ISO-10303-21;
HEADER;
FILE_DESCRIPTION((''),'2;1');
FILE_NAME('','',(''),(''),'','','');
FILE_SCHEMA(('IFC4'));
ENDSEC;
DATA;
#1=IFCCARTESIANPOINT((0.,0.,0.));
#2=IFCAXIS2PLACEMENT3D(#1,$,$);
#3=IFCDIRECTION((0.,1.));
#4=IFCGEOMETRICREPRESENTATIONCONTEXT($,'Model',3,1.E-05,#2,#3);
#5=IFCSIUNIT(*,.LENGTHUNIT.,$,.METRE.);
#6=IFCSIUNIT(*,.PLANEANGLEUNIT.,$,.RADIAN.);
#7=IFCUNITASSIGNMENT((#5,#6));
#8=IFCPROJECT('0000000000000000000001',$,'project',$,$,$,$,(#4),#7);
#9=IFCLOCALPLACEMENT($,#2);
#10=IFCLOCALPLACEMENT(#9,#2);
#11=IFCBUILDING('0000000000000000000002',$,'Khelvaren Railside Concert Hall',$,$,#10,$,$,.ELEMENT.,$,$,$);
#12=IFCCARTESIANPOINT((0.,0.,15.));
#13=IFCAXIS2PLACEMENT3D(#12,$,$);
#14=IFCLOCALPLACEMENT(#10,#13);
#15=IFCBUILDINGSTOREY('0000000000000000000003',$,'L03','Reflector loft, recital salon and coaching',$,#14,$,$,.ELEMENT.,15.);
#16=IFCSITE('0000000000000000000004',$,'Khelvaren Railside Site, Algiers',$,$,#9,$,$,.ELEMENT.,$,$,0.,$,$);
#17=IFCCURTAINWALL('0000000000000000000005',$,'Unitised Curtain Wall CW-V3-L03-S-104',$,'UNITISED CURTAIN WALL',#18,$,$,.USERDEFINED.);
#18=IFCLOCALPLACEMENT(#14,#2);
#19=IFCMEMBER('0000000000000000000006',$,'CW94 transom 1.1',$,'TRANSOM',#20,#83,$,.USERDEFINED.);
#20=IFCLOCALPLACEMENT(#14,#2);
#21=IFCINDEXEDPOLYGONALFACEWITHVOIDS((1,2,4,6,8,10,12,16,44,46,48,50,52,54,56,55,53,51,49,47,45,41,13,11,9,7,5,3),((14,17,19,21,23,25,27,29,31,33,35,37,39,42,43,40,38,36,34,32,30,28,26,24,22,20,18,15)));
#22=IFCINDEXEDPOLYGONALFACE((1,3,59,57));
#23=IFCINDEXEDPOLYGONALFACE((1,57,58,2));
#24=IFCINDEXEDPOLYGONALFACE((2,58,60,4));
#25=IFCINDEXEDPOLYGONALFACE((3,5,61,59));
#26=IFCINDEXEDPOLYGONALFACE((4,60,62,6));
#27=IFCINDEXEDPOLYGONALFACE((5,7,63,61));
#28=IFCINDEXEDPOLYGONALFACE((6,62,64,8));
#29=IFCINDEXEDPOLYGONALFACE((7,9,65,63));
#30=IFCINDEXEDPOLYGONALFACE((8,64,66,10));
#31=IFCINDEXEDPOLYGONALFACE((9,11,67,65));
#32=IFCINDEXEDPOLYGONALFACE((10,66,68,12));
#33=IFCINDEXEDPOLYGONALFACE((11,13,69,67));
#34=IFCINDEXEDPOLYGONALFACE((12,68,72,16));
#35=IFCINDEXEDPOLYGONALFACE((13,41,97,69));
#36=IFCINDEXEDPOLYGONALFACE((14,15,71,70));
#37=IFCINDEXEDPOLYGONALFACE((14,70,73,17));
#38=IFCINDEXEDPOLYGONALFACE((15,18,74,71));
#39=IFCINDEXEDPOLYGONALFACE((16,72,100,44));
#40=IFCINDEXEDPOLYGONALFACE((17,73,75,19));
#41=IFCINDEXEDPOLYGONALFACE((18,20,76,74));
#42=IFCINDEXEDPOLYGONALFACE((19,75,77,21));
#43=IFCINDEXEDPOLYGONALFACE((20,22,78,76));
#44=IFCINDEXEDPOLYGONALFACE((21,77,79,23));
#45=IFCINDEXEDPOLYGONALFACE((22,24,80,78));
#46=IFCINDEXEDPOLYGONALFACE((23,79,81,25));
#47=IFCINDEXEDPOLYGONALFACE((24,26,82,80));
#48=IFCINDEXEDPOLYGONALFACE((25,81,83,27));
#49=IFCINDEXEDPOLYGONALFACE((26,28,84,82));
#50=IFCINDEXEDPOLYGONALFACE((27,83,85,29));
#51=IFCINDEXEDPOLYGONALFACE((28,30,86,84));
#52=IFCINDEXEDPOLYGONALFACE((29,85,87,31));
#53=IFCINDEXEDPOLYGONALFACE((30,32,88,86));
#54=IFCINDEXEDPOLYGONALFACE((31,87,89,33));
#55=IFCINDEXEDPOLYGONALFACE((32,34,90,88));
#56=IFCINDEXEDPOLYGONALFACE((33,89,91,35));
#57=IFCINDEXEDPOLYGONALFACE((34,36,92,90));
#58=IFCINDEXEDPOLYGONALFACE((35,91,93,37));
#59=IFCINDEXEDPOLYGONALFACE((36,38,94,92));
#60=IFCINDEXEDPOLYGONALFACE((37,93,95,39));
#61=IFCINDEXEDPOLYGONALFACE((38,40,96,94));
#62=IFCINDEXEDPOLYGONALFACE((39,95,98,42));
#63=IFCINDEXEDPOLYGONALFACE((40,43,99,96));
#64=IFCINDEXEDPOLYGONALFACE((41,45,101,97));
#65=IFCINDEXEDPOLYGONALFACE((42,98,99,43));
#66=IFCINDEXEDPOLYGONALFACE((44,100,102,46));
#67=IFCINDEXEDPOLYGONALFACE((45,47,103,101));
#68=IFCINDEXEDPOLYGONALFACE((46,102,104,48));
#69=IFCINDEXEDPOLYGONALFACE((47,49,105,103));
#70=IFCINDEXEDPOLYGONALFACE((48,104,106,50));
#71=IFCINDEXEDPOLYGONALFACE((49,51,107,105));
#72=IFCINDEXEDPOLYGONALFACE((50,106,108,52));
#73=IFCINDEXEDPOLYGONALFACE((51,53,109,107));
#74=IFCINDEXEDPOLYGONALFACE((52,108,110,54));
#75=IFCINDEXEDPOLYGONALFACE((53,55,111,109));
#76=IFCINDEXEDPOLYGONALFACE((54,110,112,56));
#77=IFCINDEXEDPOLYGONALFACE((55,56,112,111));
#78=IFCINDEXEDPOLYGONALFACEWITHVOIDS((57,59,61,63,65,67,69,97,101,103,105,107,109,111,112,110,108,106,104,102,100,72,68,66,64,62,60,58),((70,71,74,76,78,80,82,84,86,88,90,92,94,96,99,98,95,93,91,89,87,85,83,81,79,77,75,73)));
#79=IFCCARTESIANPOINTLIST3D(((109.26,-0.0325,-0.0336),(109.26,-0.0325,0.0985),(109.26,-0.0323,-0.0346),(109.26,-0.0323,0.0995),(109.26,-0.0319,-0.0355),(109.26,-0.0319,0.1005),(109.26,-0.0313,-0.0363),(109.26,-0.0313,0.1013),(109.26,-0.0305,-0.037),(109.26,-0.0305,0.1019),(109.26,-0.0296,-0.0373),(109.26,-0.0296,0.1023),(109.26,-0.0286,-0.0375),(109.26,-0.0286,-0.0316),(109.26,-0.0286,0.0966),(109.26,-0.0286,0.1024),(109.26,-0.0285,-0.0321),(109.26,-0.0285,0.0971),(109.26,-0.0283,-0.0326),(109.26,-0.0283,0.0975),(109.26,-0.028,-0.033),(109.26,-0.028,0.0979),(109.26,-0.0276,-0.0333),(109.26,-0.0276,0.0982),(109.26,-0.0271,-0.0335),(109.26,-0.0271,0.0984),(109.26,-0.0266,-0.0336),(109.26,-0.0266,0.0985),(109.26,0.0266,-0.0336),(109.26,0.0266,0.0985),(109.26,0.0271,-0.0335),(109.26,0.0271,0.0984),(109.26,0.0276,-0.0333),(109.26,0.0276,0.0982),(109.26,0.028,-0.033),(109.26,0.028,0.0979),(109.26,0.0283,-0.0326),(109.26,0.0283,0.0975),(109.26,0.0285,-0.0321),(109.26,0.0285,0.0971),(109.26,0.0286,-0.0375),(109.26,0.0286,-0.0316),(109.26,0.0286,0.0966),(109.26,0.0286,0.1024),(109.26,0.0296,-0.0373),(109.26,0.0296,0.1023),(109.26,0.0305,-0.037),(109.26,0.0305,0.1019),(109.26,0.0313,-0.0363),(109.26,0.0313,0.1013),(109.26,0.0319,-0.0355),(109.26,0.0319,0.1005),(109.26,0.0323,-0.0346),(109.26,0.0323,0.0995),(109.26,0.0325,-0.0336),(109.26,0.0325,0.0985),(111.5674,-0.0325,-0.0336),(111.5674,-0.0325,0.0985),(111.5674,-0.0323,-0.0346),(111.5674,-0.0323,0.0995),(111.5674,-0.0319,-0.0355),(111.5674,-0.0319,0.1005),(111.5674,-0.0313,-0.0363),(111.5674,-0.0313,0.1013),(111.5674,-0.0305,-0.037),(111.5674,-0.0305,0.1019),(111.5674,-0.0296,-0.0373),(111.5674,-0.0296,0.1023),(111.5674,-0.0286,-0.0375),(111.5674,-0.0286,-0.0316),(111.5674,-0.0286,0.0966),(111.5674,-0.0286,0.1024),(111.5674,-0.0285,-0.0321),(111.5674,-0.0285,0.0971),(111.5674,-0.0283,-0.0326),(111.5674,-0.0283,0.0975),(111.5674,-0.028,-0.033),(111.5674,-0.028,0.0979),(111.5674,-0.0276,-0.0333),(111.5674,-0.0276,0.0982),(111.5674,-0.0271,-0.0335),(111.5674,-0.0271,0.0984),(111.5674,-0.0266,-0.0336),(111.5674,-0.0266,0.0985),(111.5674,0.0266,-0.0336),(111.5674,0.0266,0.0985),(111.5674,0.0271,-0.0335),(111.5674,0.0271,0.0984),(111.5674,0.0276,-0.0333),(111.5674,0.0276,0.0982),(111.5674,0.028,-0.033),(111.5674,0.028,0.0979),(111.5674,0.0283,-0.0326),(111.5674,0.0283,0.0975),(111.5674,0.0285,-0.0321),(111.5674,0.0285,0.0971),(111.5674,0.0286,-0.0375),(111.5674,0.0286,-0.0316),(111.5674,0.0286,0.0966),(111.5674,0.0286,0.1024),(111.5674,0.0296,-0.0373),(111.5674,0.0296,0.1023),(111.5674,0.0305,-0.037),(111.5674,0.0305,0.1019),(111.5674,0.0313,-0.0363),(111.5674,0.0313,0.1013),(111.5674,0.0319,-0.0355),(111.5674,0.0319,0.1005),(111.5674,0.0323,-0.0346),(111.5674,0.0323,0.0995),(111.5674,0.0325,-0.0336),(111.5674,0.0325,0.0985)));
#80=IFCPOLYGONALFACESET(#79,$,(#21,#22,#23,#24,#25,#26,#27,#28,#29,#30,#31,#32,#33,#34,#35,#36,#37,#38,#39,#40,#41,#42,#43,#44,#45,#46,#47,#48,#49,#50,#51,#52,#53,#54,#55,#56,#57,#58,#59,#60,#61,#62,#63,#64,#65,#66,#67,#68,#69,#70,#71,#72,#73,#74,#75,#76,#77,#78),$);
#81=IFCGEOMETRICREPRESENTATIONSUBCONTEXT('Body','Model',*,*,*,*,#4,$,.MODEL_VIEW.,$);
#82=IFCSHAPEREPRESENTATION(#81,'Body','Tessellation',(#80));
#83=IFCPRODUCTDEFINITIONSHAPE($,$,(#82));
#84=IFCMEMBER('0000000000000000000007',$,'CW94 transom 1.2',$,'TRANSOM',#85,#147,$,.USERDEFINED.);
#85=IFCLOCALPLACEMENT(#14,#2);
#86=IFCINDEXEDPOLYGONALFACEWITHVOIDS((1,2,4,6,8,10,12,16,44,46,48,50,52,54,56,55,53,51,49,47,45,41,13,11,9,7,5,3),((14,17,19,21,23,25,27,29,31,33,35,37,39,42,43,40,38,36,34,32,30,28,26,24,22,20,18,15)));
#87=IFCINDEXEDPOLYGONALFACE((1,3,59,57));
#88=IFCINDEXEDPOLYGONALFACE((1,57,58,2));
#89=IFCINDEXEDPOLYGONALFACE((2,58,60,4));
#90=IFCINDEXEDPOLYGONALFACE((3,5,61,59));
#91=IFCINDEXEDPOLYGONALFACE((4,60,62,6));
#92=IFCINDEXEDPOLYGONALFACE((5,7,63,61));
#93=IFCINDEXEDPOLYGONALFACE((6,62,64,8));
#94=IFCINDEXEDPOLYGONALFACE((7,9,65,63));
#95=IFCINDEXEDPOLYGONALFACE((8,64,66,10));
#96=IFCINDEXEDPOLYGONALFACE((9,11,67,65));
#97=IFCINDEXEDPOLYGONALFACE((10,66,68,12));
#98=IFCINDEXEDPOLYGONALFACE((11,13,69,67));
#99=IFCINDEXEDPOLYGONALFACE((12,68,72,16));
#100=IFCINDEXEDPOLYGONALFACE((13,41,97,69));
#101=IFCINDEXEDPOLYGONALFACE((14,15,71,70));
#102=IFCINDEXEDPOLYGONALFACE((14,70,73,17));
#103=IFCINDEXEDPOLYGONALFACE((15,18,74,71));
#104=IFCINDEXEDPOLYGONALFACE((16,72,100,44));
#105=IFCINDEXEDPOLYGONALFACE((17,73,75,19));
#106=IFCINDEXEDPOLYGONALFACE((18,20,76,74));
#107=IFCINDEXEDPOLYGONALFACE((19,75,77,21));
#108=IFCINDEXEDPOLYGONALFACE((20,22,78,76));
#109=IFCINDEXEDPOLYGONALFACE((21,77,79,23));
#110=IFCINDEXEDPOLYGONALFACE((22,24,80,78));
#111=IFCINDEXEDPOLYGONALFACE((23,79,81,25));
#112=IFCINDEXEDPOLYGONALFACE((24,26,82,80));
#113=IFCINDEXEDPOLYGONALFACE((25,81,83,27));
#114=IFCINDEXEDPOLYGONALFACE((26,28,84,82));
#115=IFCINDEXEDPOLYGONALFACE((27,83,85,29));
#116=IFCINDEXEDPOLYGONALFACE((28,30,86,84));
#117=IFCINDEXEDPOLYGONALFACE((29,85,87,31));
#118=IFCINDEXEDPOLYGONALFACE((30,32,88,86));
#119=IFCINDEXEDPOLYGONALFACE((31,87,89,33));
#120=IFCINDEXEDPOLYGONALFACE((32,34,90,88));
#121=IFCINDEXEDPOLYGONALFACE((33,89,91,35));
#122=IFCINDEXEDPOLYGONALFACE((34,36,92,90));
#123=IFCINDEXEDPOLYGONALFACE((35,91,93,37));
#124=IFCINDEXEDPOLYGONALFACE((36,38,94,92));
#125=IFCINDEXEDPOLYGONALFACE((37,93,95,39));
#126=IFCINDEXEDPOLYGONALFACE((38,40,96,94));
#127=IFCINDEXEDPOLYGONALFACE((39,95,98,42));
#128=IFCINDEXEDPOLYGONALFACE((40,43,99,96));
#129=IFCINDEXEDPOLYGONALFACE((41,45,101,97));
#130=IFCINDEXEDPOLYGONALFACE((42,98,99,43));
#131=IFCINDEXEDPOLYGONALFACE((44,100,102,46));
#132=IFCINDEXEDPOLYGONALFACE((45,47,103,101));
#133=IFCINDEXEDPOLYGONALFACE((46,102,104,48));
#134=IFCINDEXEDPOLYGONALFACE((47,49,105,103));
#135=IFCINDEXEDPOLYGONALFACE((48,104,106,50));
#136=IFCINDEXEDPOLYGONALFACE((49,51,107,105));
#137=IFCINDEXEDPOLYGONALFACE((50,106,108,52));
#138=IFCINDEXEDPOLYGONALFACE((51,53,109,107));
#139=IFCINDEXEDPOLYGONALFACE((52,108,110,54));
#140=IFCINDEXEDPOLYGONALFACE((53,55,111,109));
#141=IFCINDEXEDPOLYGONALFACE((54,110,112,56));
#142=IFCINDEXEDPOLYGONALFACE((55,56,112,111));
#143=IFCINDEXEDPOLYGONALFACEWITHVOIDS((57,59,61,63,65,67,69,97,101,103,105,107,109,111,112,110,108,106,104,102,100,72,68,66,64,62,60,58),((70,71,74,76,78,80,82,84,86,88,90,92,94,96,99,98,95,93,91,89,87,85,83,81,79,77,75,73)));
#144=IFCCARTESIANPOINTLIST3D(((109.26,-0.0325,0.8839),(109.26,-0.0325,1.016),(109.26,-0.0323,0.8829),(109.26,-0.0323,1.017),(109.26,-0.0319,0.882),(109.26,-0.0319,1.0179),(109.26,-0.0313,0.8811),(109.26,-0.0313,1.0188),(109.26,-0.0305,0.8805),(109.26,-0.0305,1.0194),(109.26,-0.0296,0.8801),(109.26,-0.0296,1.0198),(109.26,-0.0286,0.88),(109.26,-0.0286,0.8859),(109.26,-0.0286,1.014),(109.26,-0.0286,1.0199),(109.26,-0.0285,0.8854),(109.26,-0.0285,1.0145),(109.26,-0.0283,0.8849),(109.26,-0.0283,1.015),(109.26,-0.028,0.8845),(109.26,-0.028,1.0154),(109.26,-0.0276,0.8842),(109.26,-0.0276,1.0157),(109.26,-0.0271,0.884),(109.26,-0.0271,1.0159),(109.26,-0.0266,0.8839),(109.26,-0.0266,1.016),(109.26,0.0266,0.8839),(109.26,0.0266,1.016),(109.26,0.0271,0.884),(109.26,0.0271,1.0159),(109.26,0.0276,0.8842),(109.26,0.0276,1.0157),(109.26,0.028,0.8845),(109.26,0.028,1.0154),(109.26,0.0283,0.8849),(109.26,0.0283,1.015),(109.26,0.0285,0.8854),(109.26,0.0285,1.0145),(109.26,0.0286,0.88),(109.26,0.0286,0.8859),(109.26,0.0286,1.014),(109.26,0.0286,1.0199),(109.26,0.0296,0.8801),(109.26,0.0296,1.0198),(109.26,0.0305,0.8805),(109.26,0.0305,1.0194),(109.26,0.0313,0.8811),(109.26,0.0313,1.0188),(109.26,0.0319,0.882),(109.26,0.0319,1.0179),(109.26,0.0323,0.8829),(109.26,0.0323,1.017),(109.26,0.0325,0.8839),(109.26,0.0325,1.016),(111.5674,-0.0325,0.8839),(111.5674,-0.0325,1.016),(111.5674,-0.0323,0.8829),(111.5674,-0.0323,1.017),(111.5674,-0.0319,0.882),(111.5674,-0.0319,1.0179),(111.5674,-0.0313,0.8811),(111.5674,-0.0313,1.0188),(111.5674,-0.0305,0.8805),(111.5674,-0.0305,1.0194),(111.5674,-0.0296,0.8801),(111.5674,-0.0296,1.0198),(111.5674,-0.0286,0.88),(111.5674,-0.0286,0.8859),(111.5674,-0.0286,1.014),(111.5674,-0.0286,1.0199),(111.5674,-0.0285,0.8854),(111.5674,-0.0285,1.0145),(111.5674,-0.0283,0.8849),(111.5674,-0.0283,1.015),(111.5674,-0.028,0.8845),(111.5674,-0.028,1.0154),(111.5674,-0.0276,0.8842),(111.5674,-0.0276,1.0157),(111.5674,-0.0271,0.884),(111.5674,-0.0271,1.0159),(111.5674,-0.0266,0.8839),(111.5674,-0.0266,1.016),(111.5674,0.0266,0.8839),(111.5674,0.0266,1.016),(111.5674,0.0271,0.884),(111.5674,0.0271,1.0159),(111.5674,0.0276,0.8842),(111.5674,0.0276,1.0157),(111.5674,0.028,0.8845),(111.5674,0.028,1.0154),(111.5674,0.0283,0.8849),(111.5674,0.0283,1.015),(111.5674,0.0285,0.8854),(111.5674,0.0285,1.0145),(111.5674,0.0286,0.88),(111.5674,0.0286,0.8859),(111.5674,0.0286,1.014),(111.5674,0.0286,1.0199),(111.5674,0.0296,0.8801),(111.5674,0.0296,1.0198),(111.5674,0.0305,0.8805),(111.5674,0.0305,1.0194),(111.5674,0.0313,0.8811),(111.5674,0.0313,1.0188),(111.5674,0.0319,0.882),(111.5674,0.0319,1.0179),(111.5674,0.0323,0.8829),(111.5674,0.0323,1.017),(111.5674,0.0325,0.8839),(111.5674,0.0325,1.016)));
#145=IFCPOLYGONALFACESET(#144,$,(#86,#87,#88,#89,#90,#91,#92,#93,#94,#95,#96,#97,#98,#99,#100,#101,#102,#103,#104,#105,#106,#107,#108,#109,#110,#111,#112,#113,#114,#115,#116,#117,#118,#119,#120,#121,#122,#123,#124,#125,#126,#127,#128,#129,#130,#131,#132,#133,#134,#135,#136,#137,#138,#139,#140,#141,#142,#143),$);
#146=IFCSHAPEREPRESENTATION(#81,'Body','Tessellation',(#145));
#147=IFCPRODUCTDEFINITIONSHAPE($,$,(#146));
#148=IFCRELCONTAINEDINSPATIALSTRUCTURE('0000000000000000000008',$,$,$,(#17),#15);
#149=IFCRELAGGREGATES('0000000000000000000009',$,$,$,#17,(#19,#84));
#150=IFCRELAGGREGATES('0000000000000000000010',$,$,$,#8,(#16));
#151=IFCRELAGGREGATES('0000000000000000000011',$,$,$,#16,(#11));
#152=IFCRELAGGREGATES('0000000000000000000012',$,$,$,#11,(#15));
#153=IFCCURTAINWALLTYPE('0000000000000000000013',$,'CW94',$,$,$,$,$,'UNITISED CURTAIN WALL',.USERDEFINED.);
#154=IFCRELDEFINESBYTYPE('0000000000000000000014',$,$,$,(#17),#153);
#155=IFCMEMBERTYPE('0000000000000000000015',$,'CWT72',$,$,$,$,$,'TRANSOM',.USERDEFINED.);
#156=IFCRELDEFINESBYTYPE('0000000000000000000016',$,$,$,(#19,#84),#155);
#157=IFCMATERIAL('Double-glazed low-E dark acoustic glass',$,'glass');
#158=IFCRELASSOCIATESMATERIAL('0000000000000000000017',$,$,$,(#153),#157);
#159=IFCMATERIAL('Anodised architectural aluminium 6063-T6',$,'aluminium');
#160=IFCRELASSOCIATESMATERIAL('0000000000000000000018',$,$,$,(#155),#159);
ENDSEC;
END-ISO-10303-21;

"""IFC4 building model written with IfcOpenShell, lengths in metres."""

from ifc_helpers import new_model, si_unit, direction, frame, origin, origin_2d, place, context, subcontext, project, spatial, hollow_rectangle, extrude, material, material_profile, profile_set, type_object, element, aggregate, save


model = new_model("IFC4")

# Units and contexts
model_context = context("Model", 3, precision=1e-05, world=origin(), true_north=direction((0.0, 1.0)))
body_context = subcontext(model_context, "Body", "Model", "MODEL_VIEW")
ifc_project = project(units=[si_unit("LENGTHUNIT", "METRE"), si_unit("PLANEANGLEUNIT", "RADIAN")], contexts=[model_context])

# Site, building, storey
site_placement = place(None, origin())
site = spatial("IfcSite", under=ifc_project, at=site_placement, Name="Khelvaren Railside Site, Algiers", CompositionType="ELEMENT", RefElevation=0.0)
building_placement = place(site_placement, origin())
building = spatial("IfcBuilding", under=site, at=building_placement, Name="Khelvaren Railside Concert Hall", CompositionType="ELEMENT")
storey_placement = place(building_placement, frame((0.0, 0.0, 15.0)))
storey = spatial("IfcBuildingStorey", under=building, at=storey_placement, Name="L03", Description="Reflector loft, recital salon and coaching", CompositionType="ELEMENT", Elevation=15.0)

# Curtain wall
ifc_material_1 = material(Name="Double-glazed low-E dark acoustic glass", Category="glass")
curtain_wall_type_1 = type_object("IfcCurtainWallType", Name="CW94", ElementType="UNITISED CURTAIN WALL", PredefinedType="USERDEFINED", material=ifc_material_1)
curtain_wall_1_placement = place(storey_placement, origin())
curtain_wall_1 = element("IfcCurtainWall", 1, at=curtain_wall_1_placement, inside=storey, type_object=curtain_wall_type_1, Name="Unitised Curtain Wall CW-V3-L03-S-104", ObjectType="UNITISED CURTAIN WALL", PredefinedType="USERDEFINED")
ifc_material_2 = material(Name="Anodised architectural aluminium 6063-T6", Category="aluminium")

# Members
ifc_material_profile_1 = material_profile(ifc_material_2, hollow_rectangle(XDim=0.0649, YDim=0.1399, WallThickness=0.0039, InnerFilletRadius=0.002, OuterFilletRadius=0.0039, at=origin_2d()), Name="CWT 65x140x4")
ifc_profile_set_1 = profile_set([ifc_material_profile_1], Name="Anodised architectural aluminium 6063-T6")
member_type_1 = type_object("IfcMemberType", Name="CWT72", ElementType="TRANSOM", PredefinedType="USERDEFINED", material=ifc_profile_set_1)
member_1_placement = place(storey_placement, frame((111.5674, 0.0, 0.0325), z_axis=(-1.0, 0.0, 0.0), x_axis=(0.0, -1.0, 0.0)))
member_1 = element("IfcMember", 2, at=member_1_placement, type_object=member_type_1, Name="CW94 transom 1.1", ObjectType="TRANSOM", PredefinedType="USERDEFINED", context=body_context, shape_type="SweptSolid", body=[
    extrude(hollow_rectangle(XDim=0.0649, YDim=0.1399, WallThickness=0.0039, InnerFilletRadius=0.002, OuterFilletRadius=0.0039, at=origin_2d()), origin(), (0.0, 0.0, 1.0), 2.3074),
])
member_2_placement = place(storey_placement, frame((111.5674, 0.0, 0.95), z_axis=(-1.0, 0.0, 0.0), x_axis=(0.0, -1.0, 0.0)))
member_2 = element("IfcMember", 3, at=member_2_placement, type_object=member_type_1, Name="CW94 transom 1.2", ObjectType="TRANSOM", PredefinedType="USERDEFINED", context=body_context, shape_type="SweptSolid", body=[
    extrude(hollow_rectangle(XDim=0.0649, YDim=0.1399, WallThickness=0.0039, InnerFilletRadius=0.002, OuterFilletRadius=0.0039, at=origin_2d()), origin(), (0.0, 0.0, 1.0), 2.3074),
])

aggregate(curtain_wall_1, [member_1, member_2])

save(model, "model.ifc")
